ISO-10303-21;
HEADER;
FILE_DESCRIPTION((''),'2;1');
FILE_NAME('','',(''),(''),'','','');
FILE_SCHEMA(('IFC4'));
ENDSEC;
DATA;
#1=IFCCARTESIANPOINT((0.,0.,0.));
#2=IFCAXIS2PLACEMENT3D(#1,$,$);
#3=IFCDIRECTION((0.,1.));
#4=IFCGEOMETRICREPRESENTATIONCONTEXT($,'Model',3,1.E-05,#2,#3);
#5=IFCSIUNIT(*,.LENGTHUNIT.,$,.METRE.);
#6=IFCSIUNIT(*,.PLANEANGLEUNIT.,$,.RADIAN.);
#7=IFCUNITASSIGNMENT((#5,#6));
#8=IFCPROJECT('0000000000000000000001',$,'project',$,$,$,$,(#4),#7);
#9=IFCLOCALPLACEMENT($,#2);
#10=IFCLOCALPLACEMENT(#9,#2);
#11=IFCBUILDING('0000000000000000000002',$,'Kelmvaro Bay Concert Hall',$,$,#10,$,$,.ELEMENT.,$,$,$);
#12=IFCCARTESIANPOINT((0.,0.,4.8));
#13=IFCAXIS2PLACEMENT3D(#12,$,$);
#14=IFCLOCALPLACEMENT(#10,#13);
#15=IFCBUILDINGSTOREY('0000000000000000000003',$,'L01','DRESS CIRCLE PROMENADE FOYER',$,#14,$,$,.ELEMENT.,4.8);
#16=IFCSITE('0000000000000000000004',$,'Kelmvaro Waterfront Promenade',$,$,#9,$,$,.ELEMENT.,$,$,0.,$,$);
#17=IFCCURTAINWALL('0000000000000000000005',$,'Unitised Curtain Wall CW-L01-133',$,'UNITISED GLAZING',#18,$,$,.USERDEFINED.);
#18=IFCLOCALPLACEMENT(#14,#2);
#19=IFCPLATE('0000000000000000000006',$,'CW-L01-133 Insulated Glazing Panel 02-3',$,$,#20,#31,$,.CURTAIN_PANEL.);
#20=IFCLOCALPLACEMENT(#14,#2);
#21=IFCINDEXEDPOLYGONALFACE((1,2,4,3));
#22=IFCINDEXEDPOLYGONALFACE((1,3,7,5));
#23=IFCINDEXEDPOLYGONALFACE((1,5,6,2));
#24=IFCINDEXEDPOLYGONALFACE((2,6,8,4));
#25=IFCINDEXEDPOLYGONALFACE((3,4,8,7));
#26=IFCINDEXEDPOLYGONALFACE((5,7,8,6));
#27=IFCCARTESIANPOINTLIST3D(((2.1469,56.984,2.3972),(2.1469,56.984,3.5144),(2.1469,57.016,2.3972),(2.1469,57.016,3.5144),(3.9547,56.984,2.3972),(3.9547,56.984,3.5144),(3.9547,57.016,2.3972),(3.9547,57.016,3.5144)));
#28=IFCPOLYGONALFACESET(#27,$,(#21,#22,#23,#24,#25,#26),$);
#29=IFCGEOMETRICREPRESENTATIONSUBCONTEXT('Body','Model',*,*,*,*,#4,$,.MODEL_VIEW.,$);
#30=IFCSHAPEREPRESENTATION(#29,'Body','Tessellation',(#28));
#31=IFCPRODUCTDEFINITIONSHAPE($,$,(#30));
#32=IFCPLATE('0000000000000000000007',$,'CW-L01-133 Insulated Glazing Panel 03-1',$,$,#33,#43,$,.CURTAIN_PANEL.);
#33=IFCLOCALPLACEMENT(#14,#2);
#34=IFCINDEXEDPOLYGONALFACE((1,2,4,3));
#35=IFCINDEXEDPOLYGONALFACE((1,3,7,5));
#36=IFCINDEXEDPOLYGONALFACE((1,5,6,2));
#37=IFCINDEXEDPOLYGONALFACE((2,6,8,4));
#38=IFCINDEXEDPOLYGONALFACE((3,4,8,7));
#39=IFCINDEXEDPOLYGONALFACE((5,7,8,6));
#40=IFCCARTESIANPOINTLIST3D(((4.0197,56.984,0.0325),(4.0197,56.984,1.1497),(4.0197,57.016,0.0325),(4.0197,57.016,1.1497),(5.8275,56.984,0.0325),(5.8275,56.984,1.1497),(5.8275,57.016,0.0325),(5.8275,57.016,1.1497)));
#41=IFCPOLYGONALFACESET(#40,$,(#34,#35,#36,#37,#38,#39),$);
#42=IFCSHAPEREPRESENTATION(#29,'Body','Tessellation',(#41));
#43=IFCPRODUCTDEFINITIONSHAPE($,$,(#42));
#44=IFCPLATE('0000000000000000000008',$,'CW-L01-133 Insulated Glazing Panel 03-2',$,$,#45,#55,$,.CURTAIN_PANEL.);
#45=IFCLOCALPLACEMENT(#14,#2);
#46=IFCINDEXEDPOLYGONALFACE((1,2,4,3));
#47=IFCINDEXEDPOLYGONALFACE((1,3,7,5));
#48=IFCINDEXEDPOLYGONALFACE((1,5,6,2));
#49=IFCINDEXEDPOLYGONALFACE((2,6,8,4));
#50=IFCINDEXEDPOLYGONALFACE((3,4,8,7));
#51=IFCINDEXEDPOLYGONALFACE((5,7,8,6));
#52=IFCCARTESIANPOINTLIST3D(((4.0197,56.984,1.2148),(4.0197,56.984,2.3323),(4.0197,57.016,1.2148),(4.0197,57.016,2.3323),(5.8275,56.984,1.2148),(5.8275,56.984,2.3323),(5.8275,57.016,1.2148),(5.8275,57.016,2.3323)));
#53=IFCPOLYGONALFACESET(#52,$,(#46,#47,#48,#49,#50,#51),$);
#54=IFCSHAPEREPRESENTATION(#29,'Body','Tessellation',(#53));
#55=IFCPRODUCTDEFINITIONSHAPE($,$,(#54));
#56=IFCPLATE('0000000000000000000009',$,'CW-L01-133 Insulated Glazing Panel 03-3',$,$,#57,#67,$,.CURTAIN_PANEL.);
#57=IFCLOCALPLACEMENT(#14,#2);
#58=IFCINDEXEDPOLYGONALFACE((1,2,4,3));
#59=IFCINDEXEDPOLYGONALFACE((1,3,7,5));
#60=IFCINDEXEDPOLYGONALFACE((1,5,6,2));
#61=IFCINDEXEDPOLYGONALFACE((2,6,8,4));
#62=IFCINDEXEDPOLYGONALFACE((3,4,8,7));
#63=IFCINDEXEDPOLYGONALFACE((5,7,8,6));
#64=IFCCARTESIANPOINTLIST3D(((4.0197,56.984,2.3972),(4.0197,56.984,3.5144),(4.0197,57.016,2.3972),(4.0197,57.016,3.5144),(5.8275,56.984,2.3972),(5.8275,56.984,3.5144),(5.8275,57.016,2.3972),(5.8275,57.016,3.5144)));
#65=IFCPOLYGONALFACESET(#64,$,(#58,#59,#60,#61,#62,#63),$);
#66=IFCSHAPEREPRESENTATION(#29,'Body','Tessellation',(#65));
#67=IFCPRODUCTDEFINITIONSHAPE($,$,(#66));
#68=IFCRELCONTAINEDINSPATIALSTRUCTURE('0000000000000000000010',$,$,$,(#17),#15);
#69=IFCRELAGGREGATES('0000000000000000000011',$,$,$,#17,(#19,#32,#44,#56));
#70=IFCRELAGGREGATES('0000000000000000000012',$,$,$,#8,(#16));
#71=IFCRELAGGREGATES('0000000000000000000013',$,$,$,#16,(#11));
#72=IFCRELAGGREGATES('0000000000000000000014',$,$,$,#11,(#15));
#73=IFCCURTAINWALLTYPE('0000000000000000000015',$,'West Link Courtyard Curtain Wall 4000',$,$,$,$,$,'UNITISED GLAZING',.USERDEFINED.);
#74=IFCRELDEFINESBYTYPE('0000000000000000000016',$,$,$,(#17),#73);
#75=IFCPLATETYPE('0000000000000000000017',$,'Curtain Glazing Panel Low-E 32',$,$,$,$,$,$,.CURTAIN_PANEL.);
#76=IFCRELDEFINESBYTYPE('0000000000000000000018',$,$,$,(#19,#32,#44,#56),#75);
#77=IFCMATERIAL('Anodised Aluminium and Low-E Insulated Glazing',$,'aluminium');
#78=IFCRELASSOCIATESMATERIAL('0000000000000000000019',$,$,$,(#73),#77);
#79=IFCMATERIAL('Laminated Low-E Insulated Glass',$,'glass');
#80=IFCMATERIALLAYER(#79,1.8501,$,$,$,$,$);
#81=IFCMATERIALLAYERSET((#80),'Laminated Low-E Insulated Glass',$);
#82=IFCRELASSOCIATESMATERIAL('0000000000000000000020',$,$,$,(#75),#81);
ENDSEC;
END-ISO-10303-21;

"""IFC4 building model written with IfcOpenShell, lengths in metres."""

from ifc_helpers import new_model, si_unit, direction, frame, origin, origin_2d, place, context, subcontext, project, spatial, rectangle, extrude, material, layer, layer_set, type_object, element, aggregate, save


model = new_model("IFC4")

# Units and contexts
model_context = context("Model", 3, precision=1e-05, world=origin(), true_north=direction((0.0, 1.0)))
body_context = subcontext(model_context, "Body", "Model", "MODEL_VIEW")
ifc_project = project(units=[si_unit("LENGTHUNIT", "METRE"), si_unit("PLANEANGLEUNIT", "RADIAN")], contexts=[model_context])

# Site, building, storey
site_placement = place(None, origin())
site = spatial("IfcSite", under=ifc_project, at=site_placement, Name="Kelmvaro Waterfront Promenade", CompositionType="ELEMENT", RefElevation=0.0)
building_placement = place(site_placement, origin())
building = spatial("IfcBuilding", under=site, at=building_placement, Name="Kelmvaro Bay Concert Hall", CompositionType="ELEMENT")
storey_placement = place(building_placement, frame((0.0, 0.0, 4.8)))
storey = spatial("IfcBuildingStorey", under=building, at=storey_placement, Name="L01", Description="DRESS CIRCLE PROMENADE FOYER", CompositionType="ELEMENT", Elevation=4.8)

# Curtain wall
ifc_material_1 = material(Name="Anodised Aluminium and Low-E Insulated Glazing", Category="aluminium")
curtain_wall_type = type_object("IfcCurtainWallType", Name="West Link Courtyard Curtain Wall 4000", ElementType="UNITISED GLAZING", PredefinedType="USERDEFINED", material=ifc_material_1)
curtain_wall_1_placement = place(storey_placement, origin())
curtain_wall_1 = element("IfcCurtainWall", 1, at=curtain_wall_1_placement, inside=storey, type_object=curtain_wall_type, Name="Unitised Curtain Wall CW-L01-133", ObjectType="UNITISED GLAZING", PredefinedType="USERDEFINED")

# Plates
ifc_material_2 = material(Name="Laminated Low-E Insulated Glass", Category="glass")
ifc_layer = layer(ifc_material_2, 1.8501)
ifc_layer_set = layer_set([ifc_layer], Name="Laminated Low-E Insulated Glass")
plate_type = type_object("IfcPlateType", Name="Curtain Glazing Panel Low-E 32", PredefinedType="CURTAIN_PANEL", material=ifc_layer_set)
plate_1_placement = place(storey_placement, frame((3.0508, 57.0, 2.3972), z_axis=(0.0, 0.0, 1.0), x_axis=(1.0, 0.0, 0.0)))
plate_1 = element("IfcPlate", 2, at=plate_1_placement, type_object=plate_type, Name="CW-L01-133 Insulated Glazing Panel 02-3", PredefinedType="CURTAIN_PANEL", context=body_context, shape_type="SweptSolid", body=[
    extrude(rectangle(XDim=1.8079, YDim=0.032, at=origin_2d()), origin(), (0.0, 0.0, 1.0), 1.1172),
])
plate_2_placement = place(storey_placement, frame((4.9236, 57.0, 0.0325), z_axis=(0.0, 0.0, 1.0), x_axis=(1.0, 0.0, 0.0)))
plate_2 = element("IfcPlate", 3, at=plate_2_placement, type_object=plate_type, Name="CW-L01-133 Insulated Glazing Panel 03-1", PredefinedType="CURTAIN_PANEL", context=body_context, shape_type="SweptSolid", body=[
    extrude(rectangle(XDim=1.8079, YDim=0.032, at=origin_2d()), origin(), (0.0, 0.0, 1.0), 1.1172),
])
plate_3_placement = place(storey_placement, frame((4.9236, 57.0, 1.2148), z_axis=(0.0, 0.0, 1.0), x_axis=(1.0, 0.0, 0.0)))
plate_3 = element("IfcPlate", 4, at=plate_3_placement, type_object=plate_type, Name="CW-L01-133 Insulated Glazing Panel 03-2", PredefinedType="CURTAIN_PANEL", context=body_context, shape_type="SweptSolid", body=[
    extrude(rectangle(XDim=1.8079, YDim=0.032, at=origin_2d()), origin(), (0.0, 0.0, 1.0), 1.1174),
])
plate_4_placement = place(storey_placement, frame((4.9236, 57.0, 2.3972), z_axis=(0.0, 0.0, 1.0), x_axis=(1.0, 0.0, 0.0)))
plate_4 = element("IfcPlate", 5, at=plate_4_placement, type_object=plate_type, Name="CW-L01-133 Insulated Glazing Panel 03-3", PredefinedType="CURTAIN_PANEL", context=body_context, shape_type="SweptSolid", body=[
    extrude(rectangle(XDim=1.8079, YDim=0.032, at=origin_2d()), origin(), (0.0, 0.0, 1.0), 1.1172),
])
aggregate(curtain_wall_1, [plate_1, plate_2, plate_3, plate_4])

save(model, "model.ifc")
